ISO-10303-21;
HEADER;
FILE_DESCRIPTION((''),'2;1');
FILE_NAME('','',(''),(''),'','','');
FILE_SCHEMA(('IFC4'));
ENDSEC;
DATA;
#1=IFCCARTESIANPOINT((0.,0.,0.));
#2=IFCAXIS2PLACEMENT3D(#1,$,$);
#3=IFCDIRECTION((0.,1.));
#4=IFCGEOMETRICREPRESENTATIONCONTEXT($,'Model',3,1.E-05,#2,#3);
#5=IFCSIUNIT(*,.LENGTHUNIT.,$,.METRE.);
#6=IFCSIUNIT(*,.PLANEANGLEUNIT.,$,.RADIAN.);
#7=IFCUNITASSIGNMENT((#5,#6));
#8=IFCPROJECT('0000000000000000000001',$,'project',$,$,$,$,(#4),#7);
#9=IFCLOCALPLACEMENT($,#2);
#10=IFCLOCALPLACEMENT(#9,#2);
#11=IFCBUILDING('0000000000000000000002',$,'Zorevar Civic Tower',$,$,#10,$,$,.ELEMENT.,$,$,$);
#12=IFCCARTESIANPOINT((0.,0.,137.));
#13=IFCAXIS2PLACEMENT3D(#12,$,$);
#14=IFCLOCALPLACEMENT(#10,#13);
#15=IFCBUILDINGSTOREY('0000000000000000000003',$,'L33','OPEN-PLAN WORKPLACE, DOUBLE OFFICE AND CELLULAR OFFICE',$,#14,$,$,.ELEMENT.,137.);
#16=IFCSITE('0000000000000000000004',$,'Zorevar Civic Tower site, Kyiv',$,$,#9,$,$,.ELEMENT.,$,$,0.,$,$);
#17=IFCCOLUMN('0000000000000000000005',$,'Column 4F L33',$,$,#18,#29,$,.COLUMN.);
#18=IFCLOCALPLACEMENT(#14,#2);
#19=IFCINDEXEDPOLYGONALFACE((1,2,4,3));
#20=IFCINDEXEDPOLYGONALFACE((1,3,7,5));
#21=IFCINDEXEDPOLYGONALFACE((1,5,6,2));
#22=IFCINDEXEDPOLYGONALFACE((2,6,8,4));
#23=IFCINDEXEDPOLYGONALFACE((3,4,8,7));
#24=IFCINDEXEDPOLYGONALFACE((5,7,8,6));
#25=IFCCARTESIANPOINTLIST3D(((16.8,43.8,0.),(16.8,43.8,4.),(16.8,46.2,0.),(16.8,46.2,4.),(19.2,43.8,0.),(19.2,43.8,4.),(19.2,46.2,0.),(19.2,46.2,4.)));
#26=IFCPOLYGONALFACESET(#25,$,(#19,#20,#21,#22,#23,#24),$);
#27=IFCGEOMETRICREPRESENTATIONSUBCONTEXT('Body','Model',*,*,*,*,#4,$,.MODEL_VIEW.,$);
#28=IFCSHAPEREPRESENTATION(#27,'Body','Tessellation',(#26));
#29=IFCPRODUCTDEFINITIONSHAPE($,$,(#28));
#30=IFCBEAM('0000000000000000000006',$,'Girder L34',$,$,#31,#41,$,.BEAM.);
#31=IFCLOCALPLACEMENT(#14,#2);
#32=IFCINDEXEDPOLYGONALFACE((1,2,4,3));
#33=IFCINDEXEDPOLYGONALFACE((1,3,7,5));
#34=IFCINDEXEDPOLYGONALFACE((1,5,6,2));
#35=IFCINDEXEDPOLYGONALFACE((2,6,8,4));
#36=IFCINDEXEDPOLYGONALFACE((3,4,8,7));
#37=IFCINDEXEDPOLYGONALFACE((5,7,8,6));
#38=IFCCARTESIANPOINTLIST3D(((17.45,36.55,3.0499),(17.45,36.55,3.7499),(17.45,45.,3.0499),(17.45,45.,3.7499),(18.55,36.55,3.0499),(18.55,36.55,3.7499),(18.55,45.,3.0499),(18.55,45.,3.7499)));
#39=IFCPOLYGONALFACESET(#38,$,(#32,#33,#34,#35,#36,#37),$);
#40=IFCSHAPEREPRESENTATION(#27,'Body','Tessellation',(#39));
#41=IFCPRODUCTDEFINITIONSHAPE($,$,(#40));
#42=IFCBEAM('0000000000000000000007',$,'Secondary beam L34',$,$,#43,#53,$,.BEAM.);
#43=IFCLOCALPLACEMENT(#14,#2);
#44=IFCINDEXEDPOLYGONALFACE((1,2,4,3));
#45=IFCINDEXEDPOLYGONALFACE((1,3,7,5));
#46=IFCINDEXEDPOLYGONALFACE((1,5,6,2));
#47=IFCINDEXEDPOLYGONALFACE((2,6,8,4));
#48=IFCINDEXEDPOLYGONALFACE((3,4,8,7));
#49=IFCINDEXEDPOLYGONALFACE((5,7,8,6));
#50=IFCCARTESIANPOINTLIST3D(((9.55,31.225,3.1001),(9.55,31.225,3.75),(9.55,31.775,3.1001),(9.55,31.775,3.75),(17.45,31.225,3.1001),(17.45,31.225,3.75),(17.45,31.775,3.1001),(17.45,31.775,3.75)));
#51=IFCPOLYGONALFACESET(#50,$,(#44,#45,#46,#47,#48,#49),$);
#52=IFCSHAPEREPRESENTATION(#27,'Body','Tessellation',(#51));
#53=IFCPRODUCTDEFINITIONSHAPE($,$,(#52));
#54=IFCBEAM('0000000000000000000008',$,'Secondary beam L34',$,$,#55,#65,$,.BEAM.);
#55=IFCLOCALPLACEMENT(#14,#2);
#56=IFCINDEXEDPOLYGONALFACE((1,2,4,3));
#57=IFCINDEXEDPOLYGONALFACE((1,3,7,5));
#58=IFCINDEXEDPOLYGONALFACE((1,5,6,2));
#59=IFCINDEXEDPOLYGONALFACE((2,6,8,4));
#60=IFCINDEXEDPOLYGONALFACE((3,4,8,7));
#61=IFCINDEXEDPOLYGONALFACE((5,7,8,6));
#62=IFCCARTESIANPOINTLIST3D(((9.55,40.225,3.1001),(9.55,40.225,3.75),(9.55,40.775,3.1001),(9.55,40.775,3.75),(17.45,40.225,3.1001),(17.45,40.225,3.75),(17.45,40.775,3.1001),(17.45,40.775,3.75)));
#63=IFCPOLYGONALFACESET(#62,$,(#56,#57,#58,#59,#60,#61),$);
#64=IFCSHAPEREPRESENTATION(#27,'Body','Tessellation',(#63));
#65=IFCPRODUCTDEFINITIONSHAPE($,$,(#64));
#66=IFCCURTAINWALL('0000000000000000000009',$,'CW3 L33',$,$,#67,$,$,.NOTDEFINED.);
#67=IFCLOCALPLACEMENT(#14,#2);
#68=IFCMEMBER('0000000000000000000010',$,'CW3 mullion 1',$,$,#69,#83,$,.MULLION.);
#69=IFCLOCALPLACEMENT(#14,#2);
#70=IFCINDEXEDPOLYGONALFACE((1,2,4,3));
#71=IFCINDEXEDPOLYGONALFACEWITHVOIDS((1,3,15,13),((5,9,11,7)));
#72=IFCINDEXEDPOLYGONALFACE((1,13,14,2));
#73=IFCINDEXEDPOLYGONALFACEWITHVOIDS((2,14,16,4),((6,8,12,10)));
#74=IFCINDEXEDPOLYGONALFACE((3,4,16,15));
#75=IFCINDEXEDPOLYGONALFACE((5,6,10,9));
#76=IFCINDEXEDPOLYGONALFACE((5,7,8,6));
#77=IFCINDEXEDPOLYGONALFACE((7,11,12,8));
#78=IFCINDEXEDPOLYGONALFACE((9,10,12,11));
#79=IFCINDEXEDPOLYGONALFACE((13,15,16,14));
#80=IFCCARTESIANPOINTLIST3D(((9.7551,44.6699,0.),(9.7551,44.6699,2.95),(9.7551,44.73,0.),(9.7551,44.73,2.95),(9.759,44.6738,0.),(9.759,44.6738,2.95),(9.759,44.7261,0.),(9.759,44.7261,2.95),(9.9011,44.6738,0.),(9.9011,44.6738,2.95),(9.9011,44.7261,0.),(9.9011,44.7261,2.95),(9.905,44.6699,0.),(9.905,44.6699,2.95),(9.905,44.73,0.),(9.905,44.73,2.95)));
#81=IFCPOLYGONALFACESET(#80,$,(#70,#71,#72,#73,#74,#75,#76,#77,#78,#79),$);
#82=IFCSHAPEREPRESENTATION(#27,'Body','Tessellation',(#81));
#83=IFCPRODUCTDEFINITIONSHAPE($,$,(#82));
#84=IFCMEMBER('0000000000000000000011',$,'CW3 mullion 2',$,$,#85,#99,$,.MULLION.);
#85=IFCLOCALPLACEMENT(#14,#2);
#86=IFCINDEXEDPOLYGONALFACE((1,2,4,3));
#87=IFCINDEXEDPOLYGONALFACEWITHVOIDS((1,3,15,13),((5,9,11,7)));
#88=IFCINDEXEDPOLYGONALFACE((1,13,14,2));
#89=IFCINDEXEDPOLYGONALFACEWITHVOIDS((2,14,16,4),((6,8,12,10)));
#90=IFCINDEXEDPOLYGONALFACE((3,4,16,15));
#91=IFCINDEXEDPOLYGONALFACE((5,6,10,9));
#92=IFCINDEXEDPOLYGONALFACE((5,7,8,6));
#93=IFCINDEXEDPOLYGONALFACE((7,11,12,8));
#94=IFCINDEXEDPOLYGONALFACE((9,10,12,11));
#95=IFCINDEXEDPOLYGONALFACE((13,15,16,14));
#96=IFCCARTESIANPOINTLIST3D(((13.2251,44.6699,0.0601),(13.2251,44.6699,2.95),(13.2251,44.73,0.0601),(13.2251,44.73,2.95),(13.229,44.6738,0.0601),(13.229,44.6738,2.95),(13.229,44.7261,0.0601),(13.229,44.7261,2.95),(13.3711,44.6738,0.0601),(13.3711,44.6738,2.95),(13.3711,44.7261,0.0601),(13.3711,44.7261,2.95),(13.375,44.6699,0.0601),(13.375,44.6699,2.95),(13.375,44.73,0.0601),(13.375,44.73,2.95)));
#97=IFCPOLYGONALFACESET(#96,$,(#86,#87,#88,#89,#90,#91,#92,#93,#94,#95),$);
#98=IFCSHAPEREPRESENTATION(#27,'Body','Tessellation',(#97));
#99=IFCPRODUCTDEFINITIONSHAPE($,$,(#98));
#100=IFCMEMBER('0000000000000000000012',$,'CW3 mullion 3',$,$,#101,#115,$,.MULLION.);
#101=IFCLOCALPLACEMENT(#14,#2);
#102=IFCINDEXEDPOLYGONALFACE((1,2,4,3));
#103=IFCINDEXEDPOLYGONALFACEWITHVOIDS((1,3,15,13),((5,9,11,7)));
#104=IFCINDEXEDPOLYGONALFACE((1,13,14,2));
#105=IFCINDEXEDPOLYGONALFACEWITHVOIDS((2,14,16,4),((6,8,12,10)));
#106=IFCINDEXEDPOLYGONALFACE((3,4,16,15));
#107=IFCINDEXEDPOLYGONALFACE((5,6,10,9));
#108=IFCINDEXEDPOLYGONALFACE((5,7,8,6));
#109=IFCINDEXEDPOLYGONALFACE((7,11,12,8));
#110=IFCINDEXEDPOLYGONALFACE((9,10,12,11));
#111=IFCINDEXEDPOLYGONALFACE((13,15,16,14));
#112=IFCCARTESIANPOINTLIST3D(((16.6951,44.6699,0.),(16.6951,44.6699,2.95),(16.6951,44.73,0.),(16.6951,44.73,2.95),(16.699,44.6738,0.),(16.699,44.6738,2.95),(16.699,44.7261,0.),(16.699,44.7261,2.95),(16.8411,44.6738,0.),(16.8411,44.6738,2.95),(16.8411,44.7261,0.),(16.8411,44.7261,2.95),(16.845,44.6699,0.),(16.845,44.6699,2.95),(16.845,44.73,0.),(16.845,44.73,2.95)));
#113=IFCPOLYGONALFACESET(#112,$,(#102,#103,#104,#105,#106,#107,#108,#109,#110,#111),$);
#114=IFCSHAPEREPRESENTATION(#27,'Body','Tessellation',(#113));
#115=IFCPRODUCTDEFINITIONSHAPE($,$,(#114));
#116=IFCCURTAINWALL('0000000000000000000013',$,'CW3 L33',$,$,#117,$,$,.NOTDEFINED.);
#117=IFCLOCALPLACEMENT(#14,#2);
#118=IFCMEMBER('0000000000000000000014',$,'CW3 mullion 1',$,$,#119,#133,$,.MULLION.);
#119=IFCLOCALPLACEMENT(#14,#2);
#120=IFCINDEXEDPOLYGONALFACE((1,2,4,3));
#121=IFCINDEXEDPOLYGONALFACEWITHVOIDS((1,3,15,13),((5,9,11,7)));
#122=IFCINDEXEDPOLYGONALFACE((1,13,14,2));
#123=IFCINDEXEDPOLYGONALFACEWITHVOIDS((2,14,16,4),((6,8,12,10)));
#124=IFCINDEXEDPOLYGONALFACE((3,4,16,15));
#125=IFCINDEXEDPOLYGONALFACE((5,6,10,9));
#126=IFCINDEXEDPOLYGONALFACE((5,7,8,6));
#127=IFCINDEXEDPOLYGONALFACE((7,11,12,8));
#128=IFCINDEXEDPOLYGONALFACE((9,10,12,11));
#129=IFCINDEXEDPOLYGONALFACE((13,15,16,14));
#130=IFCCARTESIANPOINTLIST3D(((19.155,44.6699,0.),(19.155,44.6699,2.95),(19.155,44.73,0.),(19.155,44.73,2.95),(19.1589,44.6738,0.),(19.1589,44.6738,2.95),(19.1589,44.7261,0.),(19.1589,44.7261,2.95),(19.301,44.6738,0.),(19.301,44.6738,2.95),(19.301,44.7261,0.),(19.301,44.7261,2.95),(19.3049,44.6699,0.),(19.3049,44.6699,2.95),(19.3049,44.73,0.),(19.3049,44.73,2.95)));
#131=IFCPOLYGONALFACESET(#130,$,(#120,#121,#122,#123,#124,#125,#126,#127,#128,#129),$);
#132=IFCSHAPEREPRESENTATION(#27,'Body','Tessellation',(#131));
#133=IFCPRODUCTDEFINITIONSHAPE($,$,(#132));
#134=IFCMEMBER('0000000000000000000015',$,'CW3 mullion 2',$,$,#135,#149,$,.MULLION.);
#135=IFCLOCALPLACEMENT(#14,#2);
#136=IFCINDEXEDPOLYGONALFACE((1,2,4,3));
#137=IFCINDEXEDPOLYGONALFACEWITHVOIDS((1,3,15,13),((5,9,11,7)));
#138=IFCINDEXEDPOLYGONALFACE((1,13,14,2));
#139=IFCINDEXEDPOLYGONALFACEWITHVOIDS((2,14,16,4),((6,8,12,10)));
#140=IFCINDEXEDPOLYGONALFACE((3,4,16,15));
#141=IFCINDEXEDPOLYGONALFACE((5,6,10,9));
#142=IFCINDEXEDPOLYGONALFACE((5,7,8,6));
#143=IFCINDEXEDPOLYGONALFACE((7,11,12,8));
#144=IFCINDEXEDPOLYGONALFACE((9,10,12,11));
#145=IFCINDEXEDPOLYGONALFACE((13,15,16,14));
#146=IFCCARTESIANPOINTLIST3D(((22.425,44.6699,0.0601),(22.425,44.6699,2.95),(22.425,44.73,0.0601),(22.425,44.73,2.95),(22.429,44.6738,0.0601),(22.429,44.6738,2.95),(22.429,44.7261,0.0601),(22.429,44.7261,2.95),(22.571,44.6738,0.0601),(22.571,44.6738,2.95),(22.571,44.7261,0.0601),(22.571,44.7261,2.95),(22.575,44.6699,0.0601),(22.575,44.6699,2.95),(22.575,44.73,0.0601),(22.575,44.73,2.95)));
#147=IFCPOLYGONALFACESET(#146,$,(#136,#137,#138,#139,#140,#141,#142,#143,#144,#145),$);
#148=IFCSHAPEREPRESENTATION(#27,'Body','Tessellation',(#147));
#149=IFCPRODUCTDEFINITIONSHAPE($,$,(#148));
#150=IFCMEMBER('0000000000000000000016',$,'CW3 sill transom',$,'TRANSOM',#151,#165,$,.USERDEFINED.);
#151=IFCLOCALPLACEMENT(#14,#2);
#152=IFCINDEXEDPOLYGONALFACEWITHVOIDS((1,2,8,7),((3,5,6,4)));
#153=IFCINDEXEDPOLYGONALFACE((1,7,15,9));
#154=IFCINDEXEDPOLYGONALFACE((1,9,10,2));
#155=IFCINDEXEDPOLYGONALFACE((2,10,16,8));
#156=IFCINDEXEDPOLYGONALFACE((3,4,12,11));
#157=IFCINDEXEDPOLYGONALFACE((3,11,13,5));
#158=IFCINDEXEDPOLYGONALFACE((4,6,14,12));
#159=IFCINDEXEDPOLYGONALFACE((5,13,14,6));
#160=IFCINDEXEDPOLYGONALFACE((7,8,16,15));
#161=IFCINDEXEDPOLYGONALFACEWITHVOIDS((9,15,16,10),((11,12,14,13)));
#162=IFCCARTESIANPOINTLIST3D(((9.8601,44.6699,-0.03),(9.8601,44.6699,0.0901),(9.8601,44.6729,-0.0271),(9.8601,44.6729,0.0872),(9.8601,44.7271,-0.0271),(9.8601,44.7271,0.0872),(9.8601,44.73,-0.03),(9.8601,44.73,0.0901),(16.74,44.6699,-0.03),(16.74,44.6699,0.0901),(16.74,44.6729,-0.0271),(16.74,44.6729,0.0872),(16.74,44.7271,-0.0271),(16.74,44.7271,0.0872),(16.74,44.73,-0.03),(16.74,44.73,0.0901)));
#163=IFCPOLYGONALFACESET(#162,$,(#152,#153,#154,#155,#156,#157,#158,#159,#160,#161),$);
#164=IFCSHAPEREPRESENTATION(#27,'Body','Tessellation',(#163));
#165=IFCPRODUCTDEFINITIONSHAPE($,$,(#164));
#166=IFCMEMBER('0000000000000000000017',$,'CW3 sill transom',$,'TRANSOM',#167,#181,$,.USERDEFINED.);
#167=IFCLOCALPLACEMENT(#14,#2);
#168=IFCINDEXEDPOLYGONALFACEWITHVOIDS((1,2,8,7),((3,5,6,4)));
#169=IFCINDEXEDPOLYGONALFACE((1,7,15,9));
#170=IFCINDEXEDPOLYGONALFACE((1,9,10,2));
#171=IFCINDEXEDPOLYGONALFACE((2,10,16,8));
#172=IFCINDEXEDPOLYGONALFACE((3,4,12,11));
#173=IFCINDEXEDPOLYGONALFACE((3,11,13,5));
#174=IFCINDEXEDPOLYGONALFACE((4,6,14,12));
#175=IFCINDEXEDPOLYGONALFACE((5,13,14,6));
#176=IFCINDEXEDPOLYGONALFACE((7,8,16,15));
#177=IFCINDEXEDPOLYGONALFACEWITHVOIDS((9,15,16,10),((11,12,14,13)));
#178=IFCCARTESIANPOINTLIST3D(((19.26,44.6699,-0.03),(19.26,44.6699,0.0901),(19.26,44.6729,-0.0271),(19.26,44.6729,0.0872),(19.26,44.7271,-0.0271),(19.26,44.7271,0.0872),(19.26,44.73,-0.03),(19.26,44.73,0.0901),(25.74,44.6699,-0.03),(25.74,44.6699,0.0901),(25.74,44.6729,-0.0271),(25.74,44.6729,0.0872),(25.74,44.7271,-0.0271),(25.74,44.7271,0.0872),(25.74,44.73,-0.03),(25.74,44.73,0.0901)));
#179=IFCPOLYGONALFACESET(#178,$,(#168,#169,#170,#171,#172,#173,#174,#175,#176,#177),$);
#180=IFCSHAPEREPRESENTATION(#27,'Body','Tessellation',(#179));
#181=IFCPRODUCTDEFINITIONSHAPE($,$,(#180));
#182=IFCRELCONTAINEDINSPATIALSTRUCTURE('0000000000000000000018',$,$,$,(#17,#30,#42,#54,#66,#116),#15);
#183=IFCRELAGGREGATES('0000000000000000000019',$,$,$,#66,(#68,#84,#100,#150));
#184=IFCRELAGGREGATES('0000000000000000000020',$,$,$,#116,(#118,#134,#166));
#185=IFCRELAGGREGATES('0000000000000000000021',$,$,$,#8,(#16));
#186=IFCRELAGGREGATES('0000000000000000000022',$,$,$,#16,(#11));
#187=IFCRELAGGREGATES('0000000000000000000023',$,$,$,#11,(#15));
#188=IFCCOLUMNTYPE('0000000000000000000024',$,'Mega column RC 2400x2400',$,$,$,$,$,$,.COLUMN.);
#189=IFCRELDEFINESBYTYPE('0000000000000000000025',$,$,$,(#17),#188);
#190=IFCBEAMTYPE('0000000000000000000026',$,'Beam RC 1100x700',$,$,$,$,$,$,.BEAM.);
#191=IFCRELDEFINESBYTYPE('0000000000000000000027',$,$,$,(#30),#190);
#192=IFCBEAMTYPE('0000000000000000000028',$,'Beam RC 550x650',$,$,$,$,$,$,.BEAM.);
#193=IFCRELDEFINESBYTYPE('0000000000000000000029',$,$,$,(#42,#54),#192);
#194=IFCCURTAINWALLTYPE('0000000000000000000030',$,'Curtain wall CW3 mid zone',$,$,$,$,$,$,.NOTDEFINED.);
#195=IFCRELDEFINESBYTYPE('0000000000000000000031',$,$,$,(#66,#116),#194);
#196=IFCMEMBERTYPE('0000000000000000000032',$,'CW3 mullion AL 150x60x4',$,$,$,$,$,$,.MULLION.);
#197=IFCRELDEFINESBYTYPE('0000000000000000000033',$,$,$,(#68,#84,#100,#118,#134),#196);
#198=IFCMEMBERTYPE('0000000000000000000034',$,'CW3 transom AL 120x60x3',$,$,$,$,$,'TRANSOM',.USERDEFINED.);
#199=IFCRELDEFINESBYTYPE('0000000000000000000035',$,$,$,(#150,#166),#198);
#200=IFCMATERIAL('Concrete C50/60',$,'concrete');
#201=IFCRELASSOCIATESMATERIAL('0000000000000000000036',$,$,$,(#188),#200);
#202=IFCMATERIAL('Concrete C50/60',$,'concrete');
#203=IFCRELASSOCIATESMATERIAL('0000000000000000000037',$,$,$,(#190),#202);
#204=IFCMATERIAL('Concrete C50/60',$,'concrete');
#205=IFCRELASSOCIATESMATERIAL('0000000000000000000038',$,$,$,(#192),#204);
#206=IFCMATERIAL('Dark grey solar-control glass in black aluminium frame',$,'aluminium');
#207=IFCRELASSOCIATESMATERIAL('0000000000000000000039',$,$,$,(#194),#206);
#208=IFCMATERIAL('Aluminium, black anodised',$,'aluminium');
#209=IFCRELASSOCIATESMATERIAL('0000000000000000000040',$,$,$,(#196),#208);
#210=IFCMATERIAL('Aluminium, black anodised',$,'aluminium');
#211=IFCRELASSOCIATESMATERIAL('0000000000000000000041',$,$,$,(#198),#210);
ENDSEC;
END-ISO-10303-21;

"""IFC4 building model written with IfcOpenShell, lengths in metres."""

from ifc_helpers import new_model, si_unit, direction, frame, origin, origin_2d, place, context, subcontext, project, spatial, rectangle, hollow_rectangle, extrude, material, material_profile, profile_set, type_object, element, aggregate, save


model = new_model("IFC4")

# Units and contexts
model_context = context("Model", 3, precision=1e-05, world=origin(), true_north=direction((0.0, 1.0)))
body_context = subcontext(model_context, "Body", "Model", "MODEL_VIEW")
ifc_project = project(units=[si_unit("LENGTHUNIT", "METRE"), si_unit("PLANEANGLEUNIT", "RADIAN")], contexts=[model_context])

# Site, building, storey
site_placement = place(None, origin())
site = spatial("IfcSite", under=ifc_project, at=site_placement, Name="Zorevar Civic Tower site, Kyiv", CompositionType="ELEMENT", RefElevation=0.0)
building_placement = place(site_placement, origin())
building = spatial("IfcBuilding", under=site, at=building_placement, Name="Zorevar Civic Tower", CompositionType="ELEMENT")
storey_placement = place(building_placement, frame((0.0, 0.0, 137.0)))
storey = spatial("IfcBuildingStorey", under=building, at=storey_placement, Name="L33", Description="OPEN-PLAN WORKPLACE, DOUBLE OFFICE AND CELLULAR OFFICE", CompositionType="ELEMENT", Elevation=137.0)

# Column
ifc_material_1 = material(Name="Concrete C50/60", Category="concrete")
ifc_material_profile_1 = material_profile(ifc_material_1, rectangle(XDim=2.3999, YDim=2.3999, at=origin_2d()), Name="RC 2400x2400")
ifc_profile_set_1 = profile_set([ifc_material_profile_1], Name="Concrete C50/60")
column_type = type_object("IfcColumnType", Name="Mega column RC 2400x2400", PredefinedType="COLUMN", material=ifc_profile_set_1)
column_placement = place(storey_placement, frame((18.0, 45.0, 0.0), z_axis=(0.0, 0.0, 1.0), x_axis=(1.0, 0.0, 0.0)))
element("IfcColumn", 1, at=column_placement, inside=storey, type_object=column_type, Name="Column 4F L33", PredefinedType="COLUMN", context=body_context, shape_type="SweptSolid", body=[
    extrude(rectangle(XDim=2.3999, YDim=2.3999, at=origin_2d()), origin(), (0.0, 0.0, 1.0), 4.0),
])

# Beams
ifc_material_2 = material(Name="Concrete C50/60", Category="concrete")
ifc_material_profile_2 = material_profile(ifc_material_2, rectangle(XDim=1.1001, YDim=0.7, at=origin_2d()), Name="RC 1100x700")
ifc_profile_set_2 = profile_set([ifc_material_profile_2], Name="Concrete C50/60")
beam_type_1 = type_object("IfcBeamType", Name="Beam RC 1100x700", PredefinedType="BEAM", material=ifc_profile_set_2)
beam_1_placement = place(storey_placement, frame((18.0, 36.55, 3.3999), z_axis=(0.0, 1.0, 0.0), x_axis=(-1.0, 0.0, 0.0)))
element("IfcBeam", 2, at=beam_1_placement, inside=storey, type_object=beam_type_1, Name="Girder L34", PredefinedType="BEAM", context=body_context, shape_type="SweptSolid", body=[
    extrude(rectangle(XDim=1.1001, YDim=0.7, at=origin_2d()), origin(), (0.0, 0.0, 1.0), 8.45),
])
ifc_material_3 = material(Name="Concrete C50/60", Category="concrete")
ifc_material_profile_3 = material_profile(ifc_material_3, rectangle(XDim=0.55, YDim=0.6499, at=origin_2d()), Name="RC 550x650")
ifc_profile_set_3 = profile_set([ifc_material_profile_3], Name="Concrete C50/60")
beam_type_2 = type_object("IfcBeamType", Name="Beam RC 550x650", PredefinedType="BEAM", material=ifc_profile_set_3)
for number, where, z_axis, x_axis, name in (
    (3, (9.55, 31.5, 3.425), (1.0, 0.0, 0.0), (0.0, 1.0, 0.0), "Secondary beam L34"),
    (4, (9.55, 40.5, 3.425), (1.0, 0.0, 0.0), (0.0, 1.0, 0.0), "Secondary beam L34"),
):
    element("IfcBeam", number, at=place(storey_placement, frame(where, z_axis=z_axis, x_axis=x_axis)), inside=storey, type_object=beam_type_2, Name=name, PredefinedType="BEAM", context=body_context, shape_type="SweptSolid", body=[
        extrude(rectangle(XDim=0.55, YDim=0.6499, at=origin_2d()), origin(), (0.0, 0.0, 1.0), 7.8999),
    ])

# Curtain walls, members
ifc_material_4 = material(Name="Dark grey solar-control glass in black aluminium frame", Category="aluminium")
curtain_wall_type = type_object("IfcCurtainWallType", Name="Curtain wall CW3 mid zone", PredefinedType="NOTDEFINED", material=ifc_material_4)
curtain_wall_1_placement = place(storey_placement, origin())
curtain_wall_1 = element("IfcCurtainWall", 5, at=curtain_wall_1_placement, inside=storey, type_object=curtain_wall_type, Name="CW3 L33", PredefinedType="NOTDEFINED")
ifc_material_5 = material(Name="Aluminium, black anodised", Category="aluminium")
ifc_material_profile_4 = material_profile(ifc_material_5, hollow_rectangle(XDim=0.0601, YDim=0.1499, WallThickness=0.0039, at=origin_2d()), Name="AL 150x60x4")
ifc_profile_set_4 = profile_set([ifc_material_profile_4], Name="Aluminium, black anodised")
member_type_1 = type_object("IfcMemberType", Name="CW3 mullion AL 150x60x4", PredefinedType="MULLION", material=ifc_profile_set_4)
member_1_placement = place(storey_placement, frame((9.8301, 44.7, 0.0), z_axis=(0.0, 0.0, 1.0), x_axis=(0.0, 1.0, 0.0)))
member_1 = element("IfcMember", 6, at=member_1_placement, type_object=member_type_1, Name="CW3 mullion 1", PredefinedType="MULLION", context=body_context, shape_type="SweptSolid", body=[
    extrude(hollow_rectangle(XDim=0.0601, YDim=0.1499, WallThickness=0.0039, at=origin_2d()), origin(), (0.0, 0.0, 1.0), 2.95),
])
member_2_placement = place(storey_placement, frame((13.3, 44.7, 0.0601), z_axis=(0.0, 0.0, 1.0), x_axis=(0.0, 1.0, 0.0)))
member_2 = element("IfcMember", 7, at=member_2_placement, type_object=member_type_1, Name="CW3 mullion 2", PredefinedType="MULLION", context=body_context, shape_type="SweptSolid", body=[
    extrude(hollow_rectangle(XDim=0.0601, YDim=0.1499, WallThickness=0.0039, at=origin_2d()), origin(), (0.0, 0.0, 1.0), 2.8899),
])
member_3_placement = place(storey_placement, frame((16.77, 44.7, 0.0), z_axis=(0.0, 0.0, 1.0), x_axis=(0.0, 1.0, 0.0)))
member_3 = element("IfcMember", 8, at=member_3_placement, type_object=member_type_1, Name="CW3 mullion 3", PredefinedType="MULLION", context=body_context, shape_type="SweptSolid", body=[
    extrude(hollow_rectangle(XDim=0.0601, YDim=0.1499, WallThickness=0.0039, at=origin_2d()), origin(), (0.0, 0.0, 1.0), 2.95),
])
curtain_wall_2_placement = place(storey_placement, origin())
curtain_wall_2 = element("IfcCurtainWall", 9, at=curtain_wall_2_placement, inside=storey, type_object=curtain_wall_type, Name="CW3 L33", PredefinedType="NOTDEFINED")
member_4_placement = place(storey_placement, frame((19.23, 44.7, 0.0), z_axis=(0.0, 0.0, 1.0), x_axis=(0.0, 1.0, 0.0)))
member_4 = element("IfcMember", 10, at=member_4_placement, type_object=member_type_1, Name="CW3 mullion 1", PredefinedType="MULLION", context=body_context, shape_type="SweptSolid", body=[
    extrude(hollow_rectangle(XDim=0.0601, YDim=0.1499, WallThickness=0.0039, at=origin_2d()), origin(), (0.0, 0.0, 1.0), 2.95),
])
member_5_placement = place(storey_placement, frame((22.5, 44.7, 0.0601), z_axis=(0.0, 0.0, 1.0), x_axis=(0.0, 1.0, 0.0)))
member_5 = element("IfcMember", 11, at=member_5_placement, type_object=member_type_1, Name="CW3 mullion 2", PredefinedType="MULLION", context=body_context, shape_type="SweptSolid", body=[
    extrude(hollow_rectangle(XDim=0.0601, YDim=0.1499, WallThickness=0.0039, at=origin_2d()), origin(), (0.0, 0.0, 1.0), 2.8899),
])

# Members
ifc_material_6 = material(Name="Aluminium, black anodised", Category="aluminium")
ifc_material_profile_5 = material_profile(ifc_material_6, hollow_rectangle(XDim=0.0601, YDim=0.1201, WallThickness=0.0029, at=origin_2d()), Name="AL 120x60x3")
ifc_profile_set_5 = profile_set([ifc_material_profile_5], Name="Aluminium, black anodised")
member_type_2 = type_object("IfcMemberType", Name="CW3 transom AL 120x60x3", ElementType="TRANSOM", PredefinedType="USERDEFINED", material=ifc_profile_set_5)
member_6_placement = place(storey_placement, frame((9.8601, 44.7, 0.03), z_axis=(1.0, 0.0, 0.0), x_axis=(0.0, 1.0, 0.0)))
member_6 = element("IfcMember", 12, at=member_6_placement, type_object=member_type_2, Name="CW3 sill transom", ObjectType="TRANSOM", PredefinedType="USERDEFINED", context=body_context, shape_type="SweptSolid", body=[
    extrude(hollow_rectangle(XDim=0.0601, YDim=0.1201, WallThickness=0.0029, at=origin_2d()), origin(), (0.0, 0.0, 1.0), 6.8799),
])
member_7_placement = place(storey_placement, frame((19.26, 44.7, 0.03), z_axis=(1.0, 0.0, 0.0), x_axis=(0.0, 1.0, 0.0)))
member_7 = element("IfcMember", 13, at=member_7_placement, type_object=member_type_2, Name="CW3 sill transom", ObjectType="TRANSOM", PredefinedType="USERDEFINED", context=body_context, shape_type="SweptSolid", body=[
    extrude(hollow_rectangle(XDim=0.0601, YDim=0.1201, WallThickness=0.0029, at=origin_2d()), origin(), (0.0, 0.0, 1.0), 6.48),
])

aggregate(curtain_wall_1, [member_1, member_2, member_3, member_6])
aggregate(curtain_wall_2, [member_4, member_5, member_7])

save(model, "model.ifc")
